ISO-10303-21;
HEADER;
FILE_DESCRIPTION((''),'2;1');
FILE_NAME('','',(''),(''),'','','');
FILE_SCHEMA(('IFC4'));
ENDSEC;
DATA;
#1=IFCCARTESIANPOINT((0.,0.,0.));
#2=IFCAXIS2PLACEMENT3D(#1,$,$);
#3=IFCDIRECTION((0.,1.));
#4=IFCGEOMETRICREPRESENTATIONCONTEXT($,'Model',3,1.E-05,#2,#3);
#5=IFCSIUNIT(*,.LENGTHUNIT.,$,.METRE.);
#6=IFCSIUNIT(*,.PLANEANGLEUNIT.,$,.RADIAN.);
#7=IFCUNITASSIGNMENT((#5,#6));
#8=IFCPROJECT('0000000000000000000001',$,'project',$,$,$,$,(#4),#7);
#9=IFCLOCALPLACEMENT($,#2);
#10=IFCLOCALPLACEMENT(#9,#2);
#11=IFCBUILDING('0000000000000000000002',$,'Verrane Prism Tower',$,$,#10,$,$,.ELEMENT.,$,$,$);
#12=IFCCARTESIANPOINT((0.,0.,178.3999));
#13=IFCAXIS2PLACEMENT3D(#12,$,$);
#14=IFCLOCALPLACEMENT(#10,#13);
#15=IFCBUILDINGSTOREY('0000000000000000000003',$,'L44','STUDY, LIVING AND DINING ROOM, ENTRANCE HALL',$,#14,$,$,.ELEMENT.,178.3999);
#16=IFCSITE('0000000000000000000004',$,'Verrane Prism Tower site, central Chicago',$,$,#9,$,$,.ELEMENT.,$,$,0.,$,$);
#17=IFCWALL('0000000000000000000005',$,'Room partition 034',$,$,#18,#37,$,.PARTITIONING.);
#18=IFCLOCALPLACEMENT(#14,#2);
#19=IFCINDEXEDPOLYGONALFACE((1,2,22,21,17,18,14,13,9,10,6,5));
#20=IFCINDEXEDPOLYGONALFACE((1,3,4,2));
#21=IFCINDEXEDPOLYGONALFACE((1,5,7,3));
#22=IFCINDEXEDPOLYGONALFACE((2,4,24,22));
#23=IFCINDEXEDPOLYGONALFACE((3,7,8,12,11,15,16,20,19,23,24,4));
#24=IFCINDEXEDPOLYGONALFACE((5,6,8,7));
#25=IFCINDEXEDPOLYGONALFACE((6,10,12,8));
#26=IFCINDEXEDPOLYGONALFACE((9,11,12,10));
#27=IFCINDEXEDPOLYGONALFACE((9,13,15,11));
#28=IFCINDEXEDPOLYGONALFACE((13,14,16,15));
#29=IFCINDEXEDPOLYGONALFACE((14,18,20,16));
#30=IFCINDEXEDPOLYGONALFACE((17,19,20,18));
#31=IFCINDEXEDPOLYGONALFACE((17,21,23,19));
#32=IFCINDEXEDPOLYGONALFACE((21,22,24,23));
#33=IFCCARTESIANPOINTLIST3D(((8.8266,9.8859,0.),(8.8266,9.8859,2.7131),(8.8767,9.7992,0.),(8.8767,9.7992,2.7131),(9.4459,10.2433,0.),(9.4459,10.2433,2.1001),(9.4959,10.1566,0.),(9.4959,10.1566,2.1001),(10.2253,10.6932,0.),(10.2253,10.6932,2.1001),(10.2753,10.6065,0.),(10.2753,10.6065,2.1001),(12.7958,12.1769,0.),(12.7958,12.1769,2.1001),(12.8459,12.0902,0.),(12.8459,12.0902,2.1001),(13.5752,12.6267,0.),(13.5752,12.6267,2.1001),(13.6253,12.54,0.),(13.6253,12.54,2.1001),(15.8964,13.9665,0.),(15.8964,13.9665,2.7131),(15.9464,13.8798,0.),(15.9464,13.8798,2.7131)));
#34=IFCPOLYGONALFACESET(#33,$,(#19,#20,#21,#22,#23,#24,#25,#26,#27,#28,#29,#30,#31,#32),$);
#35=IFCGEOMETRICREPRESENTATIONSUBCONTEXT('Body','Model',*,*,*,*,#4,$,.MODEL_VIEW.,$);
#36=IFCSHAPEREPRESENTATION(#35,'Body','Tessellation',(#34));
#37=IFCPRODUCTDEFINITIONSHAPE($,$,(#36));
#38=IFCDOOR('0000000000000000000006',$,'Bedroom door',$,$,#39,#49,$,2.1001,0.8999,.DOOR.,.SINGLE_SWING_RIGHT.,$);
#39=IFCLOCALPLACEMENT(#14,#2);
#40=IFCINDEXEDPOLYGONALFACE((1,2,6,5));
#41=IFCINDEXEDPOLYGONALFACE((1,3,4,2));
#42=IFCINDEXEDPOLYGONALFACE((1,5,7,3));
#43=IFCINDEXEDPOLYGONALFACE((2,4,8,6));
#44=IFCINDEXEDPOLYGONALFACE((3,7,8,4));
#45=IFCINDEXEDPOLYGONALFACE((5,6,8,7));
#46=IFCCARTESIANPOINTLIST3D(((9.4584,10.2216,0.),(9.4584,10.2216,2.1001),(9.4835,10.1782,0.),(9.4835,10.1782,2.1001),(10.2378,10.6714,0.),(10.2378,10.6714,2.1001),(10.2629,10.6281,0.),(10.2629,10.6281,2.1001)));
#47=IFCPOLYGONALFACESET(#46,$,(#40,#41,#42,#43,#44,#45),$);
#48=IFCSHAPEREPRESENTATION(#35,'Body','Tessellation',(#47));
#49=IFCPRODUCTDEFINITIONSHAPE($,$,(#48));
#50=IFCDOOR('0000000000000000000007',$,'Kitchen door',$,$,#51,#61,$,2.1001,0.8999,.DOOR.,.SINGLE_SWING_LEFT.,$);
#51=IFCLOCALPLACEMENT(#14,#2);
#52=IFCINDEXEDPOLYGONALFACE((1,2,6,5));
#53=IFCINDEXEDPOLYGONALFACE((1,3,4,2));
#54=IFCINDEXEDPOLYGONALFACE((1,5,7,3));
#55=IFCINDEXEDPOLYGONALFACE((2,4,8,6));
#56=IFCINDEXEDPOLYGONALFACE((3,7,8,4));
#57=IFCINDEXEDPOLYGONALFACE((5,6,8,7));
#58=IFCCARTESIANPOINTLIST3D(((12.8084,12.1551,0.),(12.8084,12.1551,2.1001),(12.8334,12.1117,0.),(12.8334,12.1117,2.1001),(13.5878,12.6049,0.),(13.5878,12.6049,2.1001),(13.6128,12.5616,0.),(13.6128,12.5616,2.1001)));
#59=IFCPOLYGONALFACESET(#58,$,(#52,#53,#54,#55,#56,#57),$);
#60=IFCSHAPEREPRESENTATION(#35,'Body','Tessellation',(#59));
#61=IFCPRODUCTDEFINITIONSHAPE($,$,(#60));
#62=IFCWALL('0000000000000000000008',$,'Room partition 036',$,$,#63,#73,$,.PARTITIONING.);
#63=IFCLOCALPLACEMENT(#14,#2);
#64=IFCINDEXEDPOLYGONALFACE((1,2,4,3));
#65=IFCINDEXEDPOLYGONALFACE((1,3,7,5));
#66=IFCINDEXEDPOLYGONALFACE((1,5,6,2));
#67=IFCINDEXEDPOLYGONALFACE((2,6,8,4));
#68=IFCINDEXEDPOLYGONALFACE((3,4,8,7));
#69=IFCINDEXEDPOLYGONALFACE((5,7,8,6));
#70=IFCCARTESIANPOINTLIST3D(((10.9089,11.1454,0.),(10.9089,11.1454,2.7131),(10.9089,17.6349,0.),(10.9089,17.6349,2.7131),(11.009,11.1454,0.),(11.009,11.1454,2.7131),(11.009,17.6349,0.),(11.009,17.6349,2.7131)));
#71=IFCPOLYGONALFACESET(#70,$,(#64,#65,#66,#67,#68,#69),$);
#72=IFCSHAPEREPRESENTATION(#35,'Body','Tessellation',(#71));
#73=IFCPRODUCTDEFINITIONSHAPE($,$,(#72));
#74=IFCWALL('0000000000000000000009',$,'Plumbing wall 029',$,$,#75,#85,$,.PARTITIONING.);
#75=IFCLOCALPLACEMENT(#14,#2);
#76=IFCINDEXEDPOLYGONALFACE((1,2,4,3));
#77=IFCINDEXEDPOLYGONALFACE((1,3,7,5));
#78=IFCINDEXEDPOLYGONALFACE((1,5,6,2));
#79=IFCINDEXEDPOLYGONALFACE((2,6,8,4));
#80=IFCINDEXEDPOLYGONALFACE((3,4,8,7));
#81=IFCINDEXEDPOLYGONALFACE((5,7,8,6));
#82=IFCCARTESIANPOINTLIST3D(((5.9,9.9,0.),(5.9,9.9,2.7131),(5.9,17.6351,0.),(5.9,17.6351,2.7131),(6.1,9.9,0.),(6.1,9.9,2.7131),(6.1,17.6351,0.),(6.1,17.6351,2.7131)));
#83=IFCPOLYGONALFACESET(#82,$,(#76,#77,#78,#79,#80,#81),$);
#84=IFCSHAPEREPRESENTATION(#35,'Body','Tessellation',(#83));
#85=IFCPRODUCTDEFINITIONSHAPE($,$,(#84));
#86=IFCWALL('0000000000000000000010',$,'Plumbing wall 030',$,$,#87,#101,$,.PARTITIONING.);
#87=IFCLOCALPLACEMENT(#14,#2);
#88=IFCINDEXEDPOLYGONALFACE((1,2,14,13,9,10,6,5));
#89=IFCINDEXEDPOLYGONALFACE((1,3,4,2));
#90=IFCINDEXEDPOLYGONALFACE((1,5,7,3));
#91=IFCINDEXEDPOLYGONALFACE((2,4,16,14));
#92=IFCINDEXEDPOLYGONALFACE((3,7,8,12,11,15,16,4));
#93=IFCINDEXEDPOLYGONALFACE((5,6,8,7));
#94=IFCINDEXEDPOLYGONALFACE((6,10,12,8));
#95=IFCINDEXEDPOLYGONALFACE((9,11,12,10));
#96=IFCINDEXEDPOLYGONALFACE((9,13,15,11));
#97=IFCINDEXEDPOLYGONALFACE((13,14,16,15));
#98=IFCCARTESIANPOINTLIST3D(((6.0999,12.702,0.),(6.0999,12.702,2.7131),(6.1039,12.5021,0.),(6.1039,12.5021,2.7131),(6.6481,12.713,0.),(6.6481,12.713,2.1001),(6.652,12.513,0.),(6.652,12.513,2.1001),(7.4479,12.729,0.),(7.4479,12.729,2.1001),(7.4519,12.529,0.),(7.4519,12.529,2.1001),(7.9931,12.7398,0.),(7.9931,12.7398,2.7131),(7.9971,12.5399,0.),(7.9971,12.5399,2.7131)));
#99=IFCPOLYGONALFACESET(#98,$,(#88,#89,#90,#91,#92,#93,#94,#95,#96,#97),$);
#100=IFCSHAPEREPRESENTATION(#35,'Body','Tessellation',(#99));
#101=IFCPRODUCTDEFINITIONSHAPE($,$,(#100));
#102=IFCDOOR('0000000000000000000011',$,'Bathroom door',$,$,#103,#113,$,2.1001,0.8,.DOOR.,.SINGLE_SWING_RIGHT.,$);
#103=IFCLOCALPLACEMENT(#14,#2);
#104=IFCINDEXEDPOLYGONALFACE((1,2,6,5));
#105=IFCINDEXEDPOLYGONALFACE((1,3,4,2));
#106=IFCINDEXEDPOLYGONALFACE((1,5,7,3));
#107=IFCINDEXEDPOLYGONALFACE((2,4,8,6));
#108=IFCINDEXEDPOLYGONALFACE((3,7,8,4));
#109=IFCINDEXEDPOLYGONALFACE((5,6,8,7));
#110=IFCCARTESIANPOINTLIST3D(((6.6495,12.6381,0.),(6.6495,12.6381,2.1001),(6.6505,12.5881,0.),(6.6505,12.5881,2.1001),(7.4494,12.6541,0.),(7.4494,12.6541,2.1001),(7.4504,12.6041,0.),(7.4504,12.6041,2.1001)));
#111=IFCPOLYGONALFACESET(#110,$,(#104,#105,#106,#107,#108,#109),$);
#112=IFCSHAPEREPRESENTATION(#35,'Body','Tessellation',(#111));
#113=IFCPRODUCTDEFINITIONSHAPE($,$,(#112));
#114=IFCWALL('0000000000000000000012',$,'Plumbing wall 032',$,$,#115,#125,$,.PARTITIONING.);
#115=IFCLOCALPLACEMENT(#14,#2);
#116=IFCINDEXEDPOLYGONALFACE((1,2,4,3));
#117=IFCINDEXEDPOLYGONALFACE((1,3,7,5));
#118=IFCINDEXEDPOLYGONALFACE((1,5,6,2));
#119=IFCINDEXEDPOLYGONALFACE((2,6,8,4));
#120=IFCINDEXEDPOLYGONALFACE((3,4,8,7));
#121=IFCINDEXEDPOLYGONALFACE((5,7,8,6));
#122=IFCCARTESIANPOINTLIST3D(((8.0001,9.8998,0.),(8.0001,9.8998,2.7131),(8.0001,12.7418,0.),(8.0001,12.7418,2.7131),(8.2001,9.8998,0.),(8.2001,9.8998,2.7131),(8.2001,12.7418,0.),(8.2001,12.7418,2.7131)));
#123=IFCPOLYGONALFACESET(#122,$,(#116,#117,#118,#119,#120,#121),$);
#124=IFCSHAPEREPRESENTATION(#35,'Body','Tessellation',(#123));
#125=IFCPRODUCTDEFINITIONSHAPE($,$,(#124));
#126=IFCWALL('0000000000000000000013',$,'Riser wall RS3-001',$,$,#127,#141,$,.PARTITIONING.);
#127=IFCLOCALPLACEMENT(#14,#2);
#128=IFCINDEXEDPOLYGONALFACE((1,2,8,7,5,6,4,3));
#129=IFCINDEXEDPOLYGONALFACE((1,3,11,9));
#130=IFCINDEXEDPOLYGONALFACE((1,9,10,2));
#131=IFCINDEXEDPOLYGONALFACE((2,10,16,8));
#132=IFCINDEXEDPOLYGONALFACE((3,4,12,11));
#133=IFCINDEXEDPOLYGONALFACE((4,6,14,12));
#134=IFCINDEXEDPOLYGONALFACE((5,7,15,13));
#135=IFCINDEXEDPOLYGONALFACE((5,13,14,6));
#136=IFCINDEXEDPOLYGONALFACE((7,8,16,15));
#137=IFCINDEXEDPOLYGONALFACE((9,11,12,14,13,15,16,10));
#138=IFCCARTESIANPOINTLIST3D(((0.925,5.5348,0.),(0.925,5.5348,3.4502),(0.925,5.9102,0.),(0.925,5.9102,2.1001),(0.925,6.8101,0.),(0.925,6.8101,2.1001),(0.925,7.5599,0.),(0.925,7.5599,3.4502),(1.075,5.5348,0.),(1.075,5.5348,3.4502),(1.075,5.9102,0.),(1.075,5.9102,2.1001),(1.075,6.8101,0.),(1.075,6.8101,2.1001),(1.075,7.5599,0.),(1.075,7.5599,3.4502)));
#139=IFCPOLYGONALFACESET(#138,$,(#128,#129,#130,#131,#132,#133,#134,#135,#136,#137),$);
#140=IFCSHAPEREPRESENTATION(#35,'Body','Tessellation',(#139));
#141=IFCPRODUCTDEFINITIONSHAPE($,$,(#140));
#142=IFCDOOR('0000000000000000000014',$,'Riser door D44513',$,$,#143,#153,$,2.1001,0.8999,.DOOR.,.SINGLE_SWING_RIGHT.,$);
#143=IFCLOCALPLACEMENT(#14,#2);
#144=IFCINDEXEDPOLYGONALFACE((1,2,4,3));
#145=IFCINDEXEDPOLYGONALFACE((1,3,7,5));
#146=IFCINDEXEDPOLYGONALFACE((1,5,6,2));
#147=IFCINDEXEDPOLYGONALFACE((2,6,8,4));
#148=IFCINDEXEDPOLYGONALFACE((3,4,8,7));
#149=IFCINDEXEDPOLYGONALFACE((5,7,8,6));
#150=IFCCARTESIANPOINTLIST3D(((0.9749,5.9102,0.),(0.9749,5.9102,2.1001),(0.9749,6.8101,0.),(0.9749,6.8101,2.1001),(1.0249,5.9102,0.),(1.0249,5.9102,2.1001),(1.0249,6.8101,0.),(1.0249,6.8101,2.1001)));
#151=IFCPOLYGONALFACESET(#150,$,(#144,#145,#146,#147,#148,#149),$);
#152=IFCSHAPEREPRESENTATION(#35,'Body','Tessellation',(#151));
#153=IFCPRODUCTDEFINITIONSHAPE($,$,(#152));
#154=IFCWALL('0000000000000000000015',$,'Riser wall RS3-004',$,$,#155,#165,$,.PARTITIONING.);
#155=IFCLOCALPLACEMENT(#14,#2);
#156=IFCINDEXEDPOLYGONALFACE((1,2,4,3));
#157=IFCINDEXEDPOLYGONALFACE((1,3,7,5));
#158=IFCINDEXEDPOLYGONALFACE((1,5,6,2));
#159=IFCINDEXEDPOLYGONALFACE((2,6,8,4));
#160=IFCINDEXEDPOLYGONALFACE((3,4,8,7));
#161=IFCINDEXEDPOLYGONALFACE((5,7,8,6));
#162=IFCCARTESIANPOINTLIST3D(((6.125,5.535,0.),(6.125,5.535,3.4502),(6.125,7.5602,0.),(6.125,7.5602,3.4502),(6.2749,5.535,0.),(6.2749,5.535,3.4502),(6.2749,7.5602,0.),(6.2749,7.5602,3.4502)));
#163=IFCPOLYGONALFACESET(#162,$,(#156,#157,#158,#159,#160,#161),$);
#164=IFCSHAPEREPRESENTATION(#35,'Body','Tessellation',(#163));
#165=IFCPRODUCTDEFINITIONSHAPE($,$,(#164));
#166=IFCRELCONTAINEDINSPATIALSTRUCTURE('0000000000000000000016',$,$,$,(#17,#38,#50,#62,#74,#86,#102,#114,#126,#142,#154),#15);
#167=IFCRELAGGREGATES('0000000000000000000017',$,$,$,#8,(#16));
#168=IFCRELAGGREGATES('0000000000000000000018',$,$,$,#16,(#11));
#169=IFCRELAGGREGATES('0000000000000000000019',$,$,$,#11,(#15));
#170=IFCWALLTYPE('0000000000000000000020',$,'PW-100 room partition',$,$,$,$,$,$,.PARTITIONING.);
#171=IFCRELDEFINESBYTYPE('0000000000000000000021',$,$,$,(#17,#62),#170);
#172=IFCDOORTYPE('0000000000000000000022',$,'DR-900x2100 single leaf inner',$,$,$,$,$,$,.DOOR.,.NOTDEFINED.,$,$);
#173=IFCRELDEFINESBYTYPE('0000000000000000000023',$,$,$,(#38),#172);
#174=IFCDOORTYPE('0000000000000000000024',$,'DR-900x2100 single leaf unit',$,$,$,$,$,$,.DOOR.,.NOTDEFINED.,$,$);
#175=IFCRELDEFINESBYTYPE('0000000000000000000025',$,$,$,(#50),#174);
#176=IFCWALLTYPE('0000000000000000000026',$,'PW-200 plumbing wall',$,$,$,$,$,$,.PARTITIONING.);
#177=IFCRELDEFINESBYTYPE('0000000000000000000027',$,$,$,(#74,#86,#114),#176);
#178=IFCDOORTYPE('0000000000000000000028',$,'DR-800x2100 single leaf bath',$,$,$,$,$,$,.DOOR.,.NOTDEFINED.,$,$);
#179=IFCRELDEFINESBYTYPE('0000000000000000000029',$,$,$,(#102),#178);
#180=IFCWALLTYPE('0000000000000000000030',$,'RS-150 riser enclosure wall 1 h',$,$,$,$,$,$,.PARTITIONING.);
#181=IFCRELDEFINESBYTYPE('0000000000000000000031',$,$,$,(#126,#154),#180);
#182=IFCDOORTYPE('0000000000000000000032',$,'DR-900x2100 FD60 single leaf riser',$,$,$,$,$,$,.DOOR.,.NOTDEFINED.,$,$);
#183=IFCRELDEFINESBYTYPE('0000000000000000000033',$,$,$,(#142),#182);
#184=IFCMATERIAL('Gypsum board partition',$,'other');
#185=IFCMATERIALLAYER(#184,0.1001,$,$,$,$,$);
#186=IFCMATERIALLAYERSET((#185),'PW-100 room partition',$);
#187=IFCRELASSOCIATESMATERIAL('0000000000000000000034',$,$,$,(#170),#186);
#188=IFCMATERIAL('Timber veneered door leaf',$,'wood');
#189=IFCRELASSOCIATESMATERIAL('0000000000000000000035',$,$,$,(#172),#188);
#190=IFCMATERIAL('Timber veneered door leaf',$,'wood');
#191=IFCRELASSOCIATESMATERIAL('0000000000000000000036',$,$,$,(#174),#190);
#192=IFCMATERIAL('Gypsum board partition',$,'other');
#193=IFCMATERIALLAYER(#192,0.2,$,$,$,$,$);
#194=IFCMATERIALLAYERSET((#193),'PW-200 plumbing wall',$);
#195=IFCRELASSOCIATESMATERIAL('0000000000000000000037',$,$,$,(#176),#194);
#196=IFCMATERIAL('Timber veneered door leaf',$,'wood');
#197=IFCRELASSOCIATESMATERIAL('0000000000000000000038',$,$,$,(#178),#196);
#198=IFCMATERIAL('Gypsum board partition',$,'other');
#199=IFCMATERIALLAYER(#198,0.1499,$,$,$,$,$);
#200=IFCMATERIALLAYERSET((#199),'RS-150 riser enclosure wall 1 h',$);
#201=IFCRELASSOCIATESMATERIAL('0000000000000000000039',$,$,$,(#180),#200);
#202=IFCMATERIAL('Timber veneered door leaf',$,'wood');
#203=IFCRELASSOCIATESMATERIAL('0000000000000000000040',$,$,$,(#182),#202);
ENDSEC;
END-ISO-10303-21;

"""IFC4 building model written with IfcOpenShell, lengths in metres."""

from ifc_helpers import new_model, si_unit, direction, frame, frame_2d, origin, place, context, subcontext, project, spatial, rectangle, extrude, material, layer, layer_set, type_object, element, fill, save


model = new_model("IFC4")

# Units and contexts
model_context = context("Model", 3, precision=1e-05, world=origin(), true_north=direction((0.0, 1.0)))
body_context = subcontext(model_context, "Body", "Model", "MODEL_VIEW")
ifc_project = project(units=[si_unit("LENGTHUNIT", "METRE"), si_unit("PLANEANGLEUNIT", "RADIAN")], contexts=[model_context])

# Site, building, storey
site_placement = place(None, origin())
site = spatial("IfcSite", under=ifc_project, at=site_placement, Name="Verrane Prism Tower site, central Chicago", CompositionType="ELEMENT", RefElevation=0.0)
building_placement = place(site_placement, origin())
building = spatial("IfcBuilding", under=site, at=building_placement, Name="Verrane Prism Tower", CompositionType="ELEMENT")
storey_placement = place(building_placement, frame((0.0, 0.0, 178.3999)))
storey = spatial("IfcBuildingStorey", under=building, at=storey_placement, Name="L44", Description="STUDY, LIVING AND DINING ROOM, ENTRANCE HALL", CompositionType="ELEMENT", Elevation=178.3999)

# Shared definitions
ifc_material_1 = material(Name="Gypsum board partition", Category="other")
ifc_layer_1 = layer(ifc_material_1, 0.1001)
ifc_layer_set_1 = layer_set([ifc_layer_1], Name="PW-100 room partition")
wall_type_1 = type_object("IfcWallType", Name="PW-100 room partition", PredefinedType="PARTITIONING", material=ifc_layer_set_1)

# Wall, openings, doors
wall_1_placement = place(storey_placement, frame((8.8516, 9.8425, 0.0), z_axis=(0.0, 0.0, 1.0), x_axis=(0.866089, 0.49989, 0.0)))
wall_1 = element("IfcWall", 1, at=wall_1_placement, inside=storey, type_object=wall_type_1, Name="Room partition 034", PredefinedType="PARTITIONING", context=body_context, shape_type="SweptSolid", body=[
    extrude(rectangle(XDim=8.1628, YDim=0.1001, at=frame_2d((4.0815, 0.0))), origin(), (0.0, 0.0, 1.0), 2.7131),
])
opening_1_placement = place(wall_1_placement, frame((4.583, 0.0, 0.0)))
opening_1 = element("IfcOpeningElement", 2, at=opening_1_placement, cuts=wall_1, PredefinedType="OPENING", context=body_context, shape_type="SweptSolid", body=[
    extrude(rectangle(XDim=0.8999, YDim=2.1001, at=frame_2d((0.45, 1.05))), frame((0.0, 0.0601, 0.0), z_axis=(0.0, -1.0, 0.0), x_axis=(1.0, 0.0, 0.0)), (0.0, 0.0, 1.0), 0.1201),
])
opening_2_placement = place(wall_1_placement, frame((0.7151, 0.0, 0.0)))
opening_2 = element("IfcOpeningElement", 3, at=opening_2_placement, cuts=wall_1, PredefinedType="OPENING", context=body_context, shape_type="SweptSolid", body=[
    extrude(rectangle(XDim=0.8999, YDim=2.1001, at=frame_2d((0.45, 1.05))), frame((0.0, 0.0601, 0.0), z_axis=(0.0, -1.0, 0.0), x_axis=(1.0, 0.0, 0.0)), (0.0, 0.0, 1.0), 0.1201),
])
ifc_material_2 = material(Name="Timber veneered door leaf", Category="wood")
door_type_1 = type_object("IfcDoorType", Name="DR-900x2100 single leaf inner", OperationType="NOTDEFINED", PredefinedType="DOOR", material=ifc_material_2)
door_1_placement = place(opening_2_placement, origin())
door_1 = element("IfcDoor", 4, at=door_1_placement, inside=storey, type_object=door_type_1, Name="Bedroom door", OperationType="SINGLE_SWING_RIGHT", OverallHeight=2.1001, OverallWidth=0.8999, PredefinedType="DOOR", context=body_context, shape_type="SweptSolid", body=[
    extrude(rectangle(XDim=0.8999, YDim=2.1001, at=frame_2d((0.45, 1.05))), frame((0.0, 0.0249, 0.0), z_axis=(0.0, -1.0, 0.0), x_axis=(1.0, 0.0, 0.0)), (0.0, 0.0, 1.0), 0.05),
])
fill(opening_2, door_1)
ifc_material_3 = material(Name="Timber veneered door leaf", Category="wood")
door_type_2 = type_object("IfcDoorType", Name="DR-900x2100 single leaf unit", OperationType="NOTDEFINED", PredefinedType="DOOR", material=ifc_material_3)
door_2_placement = place(opening_1_placement, origin())
door_2 = element("IfcDoor", 5, at=door_2_placement, inside=storey, type_object=door_type_2, Name="Kitchen door", OperationType="SINGLE_SWING_LEFT", OverallHeight=2.1001, OverallWidth=0.8999, PredefinedType="DOOR", context=body_context, shape_type="SweptSolid", body=[
    extrude(rectangle(XDim=0.8999, YDim=2.1001, at=frame_2d((0.45, 1.05))), frame((0.0, 0.0249, 0.0), z_axis=(0.0, -1.0, 0.0), x_axis=(1.0, 0.0, 0.0)), (0.0, 0.0, 1.0), 0.05),
])
fill(opening_1, door_2)

# Walls
wall_2_placement = place(storey_placement, frame((10.959, 11.1455, 0.0), z_axis=(0.0, 0.0, 1.0), x_axis=(0.0, 1.0, 0.0)))
element("IfcWall", 6, at=wall_2_placement, inside=storey, type_object=wall_type_1, Name="Room partition 036", PredefinedType="PARTITIONING", context=body_context, shape_type="SweptSolid", body=[
    extrude(rectangle(XDim=6.4895, YDim=0.1001, at=frame_2d((3.2446, 0.0))), origin(), (0.0, 0.0, 1.0), 2.7131),
])
ifc_material_4 = material(Name="Gypsum board partition", Category="other")
ifc_layer_2 = layer(ifc_material_4, 0.2)
ifc_layer_set_2 = layer_set([ifc_layer_2], Name="PW-200 plumbing wall")
wall_type_2 = type_object("IfcWallType", Name="PW-200 plumbing wall", PredefinedType="PARTITIONING", material=ifc_layer_set_2)
wall_3_placement = place(storey_placement, frame((6.0, 9.8999, 0.0), z_axis=(0.0, 0.0, 1.0), x_axis=(0.0, 1.0, 0.0)))
element("IfcWall", 7, at=wall_3_placement, inside=storey, type_object=wall_type_2, Name="Plumbing wall 029", PredefinedType="PARTITIONING", context=body_context, shape_type="SweptSolid", body=[
    extrude(rectangle(XDim=7.7351, YDim=0.2, at=frame_2d((3.8677, 0.0))), origin(), (0.0, 0.0, 1.0), 2.7131),
])

# Wall, opening, door
wall_4_placement = place(storey_placement, frame((7.9951, 12.6399, 0.0), z_axis=(0.0, 0.0, 1.0), x_axis=(-0.9998, -0.019986, 0.0)))
wall_4 = element("IfcWall", 8, at=wall_4_placement, inside=storey, type_object=wall_type_2, Name="Plumbing wall 030", PredefinedType="PARTITIONING", context=body_context, shape_type="SweptSolid", body=[
    extrude(rectangle(XDim=1.8936, YDim=0.2, at=frame_2d((0.9468, 0.0))), origin(), (0.0, 0.0, 1.0), 2.7131),
])
opening_3_placement = place(wall_4_placement, frame((0.5454, 0.0, 0.0)))
opening_3 = element("IfcOpeningElement", 9, at=opening_3_placement, cuts=wall_4, PredefinedType="OPENING", context=body_context, shape_type="SweptSolid", body=[
    extrude(rectangle(XDim=0.8, YDim=2.1001, at=frame_2d((0.3999, 1.05))), frame((0.0, 0.1099, 0.0), z_axis=(0.0, -1.0, 0.0), x_axis=(1.0, 0.0, 0.0)), (0.0, 0.0, 1.0), 0.22),
])
ifc_material_5 = material(Name="Timber veneered door leaf", Category="wood")
door_type_3 = type_object("IfcDoorType", Name="DR-800x2100 single leaf bath", OperationType="NOTDEFINED", PredefinedType="DOOR", material=ifc_material_5)
door_3_placement = place(opening_3_placement, origin())
door_3 = element("IfcDoor", 10, at=door_3_placement, inside=storey, type_object=door_type_3, Name="Bathroom door", OperationType="SINGLE_SWING_RIGHT", OverallHeight=2.1001, OverallWidth=0.8, PredefinedType="DOOR", context=body_context, shape_type="SweptSolid", body=[
    extrude(rectangle(XDim=0.8, YDim=2.1001, at=frame_2d((0.3999, 1.05))), frame((0.0, 0.0249, 0.0), z_axis=(0.0, -1.0, 0.0), x_axis=(1.0, 0.0, 0.0)), (0.0, 0.0, 1.0), 0.05),
])
fill(opening_3, door_3)

# Wall
wall_5_placement = place(storey_placement, frame((8.1001, 9.8999, 0.0), z_axis=(0.0, 0.0, 1.0), x_axis=(0.0, 1.0, 0.0)))
element("IfcWall", 11, at=wall_5_placement, inside=storey, type_object=wall_type_2, Name="Plumbing wall 032", PredefinedType="PARTITIONING", context=body_context, shape_type="SweptSolid", body=[
    extrude(rectangle(XDim=2.842, YDim=0.2, at=frame_2d((1.4209, 0.0))), origin(), (0.0, 0.0, 1.0), 2.7131),
])

# Wall, opening, door
ifc_material_6 = material(Name="Gypsum board partition", Category="other")
ifc_layer_3 = layer(ifc_material_6, 0.1499)
ifc_layer_set_3 = layer_set([ifc_layer_3], Name="RS-150 riser enclosure wall 1 h")
wall_type_3 = type_object("IfcWallType", Name="RS-150 riser enclosure wall 1 h", PredefinedType="PARTITIONING", material=ifc_layer_set_3)
wall_6_placement = place(storey_placement, frame((1.0, 7.5601, 0.0), z_axis=(0.0, 0.0, 1.0), x_axis=(0.0, -1.0, 0.0)))
wall_6 = element("IfcWall", 12, at=wall_6_placement, inside=storey, type_object=wall_type_3, Name="Riser wall RS3-001", PredefinedType="PARTITIONING", context=body_context, shape_type="SweptSolid", body=[
    extrude(rectangle(XDim=2.0251, YDim=0.1499, at=frame_2d((1.0127, 0.0))), origin(), (0.0, 0.0, 1.0), 3.4502),
])
opening_4_placement = place(wall_6_placement, frame((0.75, 0.0, 0.0)))
opening_4 = element("IfcOpeningElement", 13, at=opening_4_placement, cuts=wall_6, PredefinedType="OPENING", context=body_context, shape_type="SweptSolid", body=[
    extrude(rectangle(XDim=0.8999, YDim=2.1001, at=frame_2d((0.45, 1.05))), frame((0.0, 0.085, 0.0), z_axis=(0.0, -1.0, 0.0), x_axis=(1.0, 0.0, 0.0)), (0.0, 0.0, 1.0), 0.1699),
])
ifc_material_7 = material(Name="Timber veneered door leaf", Category="wood")
door_type_4 = type_object("IfcDoorType", Name="DR-900x2100 FD60 single leaf riser", OperationType="NOTDEFINED", PredefinedType="DOOR", material=ifc_material_7)
door_4_placement = place(opening_4_placement, origin())
door_4 = element("IfcDoor", 14, at=door_4_placement, inside=storey, type_object=door_type_4, Name="Riser door D44513", OperationType="SINGLE_SWING_RIGHT", OverallHeight=2.1001, OverallWidth=0.8999, PredefinedType="DOOR", context=body_context, shape_type="SweptSolid", body=[
    extrude(rectangle(XDim=0.8999, YDim=2.1001, at=frame_2d((0.45, 1.05))), frame((0.0, 0.0249, 0.0), z_axis=(0.0, -1.0, 0.0), x_axis=(1.0, 0.0, 0.0)), (0.0, 0.0, 1.0), 0.05),
])
fill(opening_4, door_4)

# Wall
wall_7_placement = place(storey_placement, frame((6.2, 5.5349, 0.0), z_axis=(0.0, 0.0, 1.0), x_axis=(0.0, 1.0, 0.0)))
element("IfcWall", 15, at=wall_7_placement, inside=storey, type_object=wall_type_3, Name="Riser wall RS3-004", PredefinedType="PARTITIONING", context=body_context, shape_type="SweptSolid", body=[
    extrude(rectangle(XDim=2.0251, YDim=0.1499, at=frame_2d((1.0127, 0.0))), origin(), (0.0, 0.0, 1.0), 3.4502),
])

save(model, "model.ifc")
